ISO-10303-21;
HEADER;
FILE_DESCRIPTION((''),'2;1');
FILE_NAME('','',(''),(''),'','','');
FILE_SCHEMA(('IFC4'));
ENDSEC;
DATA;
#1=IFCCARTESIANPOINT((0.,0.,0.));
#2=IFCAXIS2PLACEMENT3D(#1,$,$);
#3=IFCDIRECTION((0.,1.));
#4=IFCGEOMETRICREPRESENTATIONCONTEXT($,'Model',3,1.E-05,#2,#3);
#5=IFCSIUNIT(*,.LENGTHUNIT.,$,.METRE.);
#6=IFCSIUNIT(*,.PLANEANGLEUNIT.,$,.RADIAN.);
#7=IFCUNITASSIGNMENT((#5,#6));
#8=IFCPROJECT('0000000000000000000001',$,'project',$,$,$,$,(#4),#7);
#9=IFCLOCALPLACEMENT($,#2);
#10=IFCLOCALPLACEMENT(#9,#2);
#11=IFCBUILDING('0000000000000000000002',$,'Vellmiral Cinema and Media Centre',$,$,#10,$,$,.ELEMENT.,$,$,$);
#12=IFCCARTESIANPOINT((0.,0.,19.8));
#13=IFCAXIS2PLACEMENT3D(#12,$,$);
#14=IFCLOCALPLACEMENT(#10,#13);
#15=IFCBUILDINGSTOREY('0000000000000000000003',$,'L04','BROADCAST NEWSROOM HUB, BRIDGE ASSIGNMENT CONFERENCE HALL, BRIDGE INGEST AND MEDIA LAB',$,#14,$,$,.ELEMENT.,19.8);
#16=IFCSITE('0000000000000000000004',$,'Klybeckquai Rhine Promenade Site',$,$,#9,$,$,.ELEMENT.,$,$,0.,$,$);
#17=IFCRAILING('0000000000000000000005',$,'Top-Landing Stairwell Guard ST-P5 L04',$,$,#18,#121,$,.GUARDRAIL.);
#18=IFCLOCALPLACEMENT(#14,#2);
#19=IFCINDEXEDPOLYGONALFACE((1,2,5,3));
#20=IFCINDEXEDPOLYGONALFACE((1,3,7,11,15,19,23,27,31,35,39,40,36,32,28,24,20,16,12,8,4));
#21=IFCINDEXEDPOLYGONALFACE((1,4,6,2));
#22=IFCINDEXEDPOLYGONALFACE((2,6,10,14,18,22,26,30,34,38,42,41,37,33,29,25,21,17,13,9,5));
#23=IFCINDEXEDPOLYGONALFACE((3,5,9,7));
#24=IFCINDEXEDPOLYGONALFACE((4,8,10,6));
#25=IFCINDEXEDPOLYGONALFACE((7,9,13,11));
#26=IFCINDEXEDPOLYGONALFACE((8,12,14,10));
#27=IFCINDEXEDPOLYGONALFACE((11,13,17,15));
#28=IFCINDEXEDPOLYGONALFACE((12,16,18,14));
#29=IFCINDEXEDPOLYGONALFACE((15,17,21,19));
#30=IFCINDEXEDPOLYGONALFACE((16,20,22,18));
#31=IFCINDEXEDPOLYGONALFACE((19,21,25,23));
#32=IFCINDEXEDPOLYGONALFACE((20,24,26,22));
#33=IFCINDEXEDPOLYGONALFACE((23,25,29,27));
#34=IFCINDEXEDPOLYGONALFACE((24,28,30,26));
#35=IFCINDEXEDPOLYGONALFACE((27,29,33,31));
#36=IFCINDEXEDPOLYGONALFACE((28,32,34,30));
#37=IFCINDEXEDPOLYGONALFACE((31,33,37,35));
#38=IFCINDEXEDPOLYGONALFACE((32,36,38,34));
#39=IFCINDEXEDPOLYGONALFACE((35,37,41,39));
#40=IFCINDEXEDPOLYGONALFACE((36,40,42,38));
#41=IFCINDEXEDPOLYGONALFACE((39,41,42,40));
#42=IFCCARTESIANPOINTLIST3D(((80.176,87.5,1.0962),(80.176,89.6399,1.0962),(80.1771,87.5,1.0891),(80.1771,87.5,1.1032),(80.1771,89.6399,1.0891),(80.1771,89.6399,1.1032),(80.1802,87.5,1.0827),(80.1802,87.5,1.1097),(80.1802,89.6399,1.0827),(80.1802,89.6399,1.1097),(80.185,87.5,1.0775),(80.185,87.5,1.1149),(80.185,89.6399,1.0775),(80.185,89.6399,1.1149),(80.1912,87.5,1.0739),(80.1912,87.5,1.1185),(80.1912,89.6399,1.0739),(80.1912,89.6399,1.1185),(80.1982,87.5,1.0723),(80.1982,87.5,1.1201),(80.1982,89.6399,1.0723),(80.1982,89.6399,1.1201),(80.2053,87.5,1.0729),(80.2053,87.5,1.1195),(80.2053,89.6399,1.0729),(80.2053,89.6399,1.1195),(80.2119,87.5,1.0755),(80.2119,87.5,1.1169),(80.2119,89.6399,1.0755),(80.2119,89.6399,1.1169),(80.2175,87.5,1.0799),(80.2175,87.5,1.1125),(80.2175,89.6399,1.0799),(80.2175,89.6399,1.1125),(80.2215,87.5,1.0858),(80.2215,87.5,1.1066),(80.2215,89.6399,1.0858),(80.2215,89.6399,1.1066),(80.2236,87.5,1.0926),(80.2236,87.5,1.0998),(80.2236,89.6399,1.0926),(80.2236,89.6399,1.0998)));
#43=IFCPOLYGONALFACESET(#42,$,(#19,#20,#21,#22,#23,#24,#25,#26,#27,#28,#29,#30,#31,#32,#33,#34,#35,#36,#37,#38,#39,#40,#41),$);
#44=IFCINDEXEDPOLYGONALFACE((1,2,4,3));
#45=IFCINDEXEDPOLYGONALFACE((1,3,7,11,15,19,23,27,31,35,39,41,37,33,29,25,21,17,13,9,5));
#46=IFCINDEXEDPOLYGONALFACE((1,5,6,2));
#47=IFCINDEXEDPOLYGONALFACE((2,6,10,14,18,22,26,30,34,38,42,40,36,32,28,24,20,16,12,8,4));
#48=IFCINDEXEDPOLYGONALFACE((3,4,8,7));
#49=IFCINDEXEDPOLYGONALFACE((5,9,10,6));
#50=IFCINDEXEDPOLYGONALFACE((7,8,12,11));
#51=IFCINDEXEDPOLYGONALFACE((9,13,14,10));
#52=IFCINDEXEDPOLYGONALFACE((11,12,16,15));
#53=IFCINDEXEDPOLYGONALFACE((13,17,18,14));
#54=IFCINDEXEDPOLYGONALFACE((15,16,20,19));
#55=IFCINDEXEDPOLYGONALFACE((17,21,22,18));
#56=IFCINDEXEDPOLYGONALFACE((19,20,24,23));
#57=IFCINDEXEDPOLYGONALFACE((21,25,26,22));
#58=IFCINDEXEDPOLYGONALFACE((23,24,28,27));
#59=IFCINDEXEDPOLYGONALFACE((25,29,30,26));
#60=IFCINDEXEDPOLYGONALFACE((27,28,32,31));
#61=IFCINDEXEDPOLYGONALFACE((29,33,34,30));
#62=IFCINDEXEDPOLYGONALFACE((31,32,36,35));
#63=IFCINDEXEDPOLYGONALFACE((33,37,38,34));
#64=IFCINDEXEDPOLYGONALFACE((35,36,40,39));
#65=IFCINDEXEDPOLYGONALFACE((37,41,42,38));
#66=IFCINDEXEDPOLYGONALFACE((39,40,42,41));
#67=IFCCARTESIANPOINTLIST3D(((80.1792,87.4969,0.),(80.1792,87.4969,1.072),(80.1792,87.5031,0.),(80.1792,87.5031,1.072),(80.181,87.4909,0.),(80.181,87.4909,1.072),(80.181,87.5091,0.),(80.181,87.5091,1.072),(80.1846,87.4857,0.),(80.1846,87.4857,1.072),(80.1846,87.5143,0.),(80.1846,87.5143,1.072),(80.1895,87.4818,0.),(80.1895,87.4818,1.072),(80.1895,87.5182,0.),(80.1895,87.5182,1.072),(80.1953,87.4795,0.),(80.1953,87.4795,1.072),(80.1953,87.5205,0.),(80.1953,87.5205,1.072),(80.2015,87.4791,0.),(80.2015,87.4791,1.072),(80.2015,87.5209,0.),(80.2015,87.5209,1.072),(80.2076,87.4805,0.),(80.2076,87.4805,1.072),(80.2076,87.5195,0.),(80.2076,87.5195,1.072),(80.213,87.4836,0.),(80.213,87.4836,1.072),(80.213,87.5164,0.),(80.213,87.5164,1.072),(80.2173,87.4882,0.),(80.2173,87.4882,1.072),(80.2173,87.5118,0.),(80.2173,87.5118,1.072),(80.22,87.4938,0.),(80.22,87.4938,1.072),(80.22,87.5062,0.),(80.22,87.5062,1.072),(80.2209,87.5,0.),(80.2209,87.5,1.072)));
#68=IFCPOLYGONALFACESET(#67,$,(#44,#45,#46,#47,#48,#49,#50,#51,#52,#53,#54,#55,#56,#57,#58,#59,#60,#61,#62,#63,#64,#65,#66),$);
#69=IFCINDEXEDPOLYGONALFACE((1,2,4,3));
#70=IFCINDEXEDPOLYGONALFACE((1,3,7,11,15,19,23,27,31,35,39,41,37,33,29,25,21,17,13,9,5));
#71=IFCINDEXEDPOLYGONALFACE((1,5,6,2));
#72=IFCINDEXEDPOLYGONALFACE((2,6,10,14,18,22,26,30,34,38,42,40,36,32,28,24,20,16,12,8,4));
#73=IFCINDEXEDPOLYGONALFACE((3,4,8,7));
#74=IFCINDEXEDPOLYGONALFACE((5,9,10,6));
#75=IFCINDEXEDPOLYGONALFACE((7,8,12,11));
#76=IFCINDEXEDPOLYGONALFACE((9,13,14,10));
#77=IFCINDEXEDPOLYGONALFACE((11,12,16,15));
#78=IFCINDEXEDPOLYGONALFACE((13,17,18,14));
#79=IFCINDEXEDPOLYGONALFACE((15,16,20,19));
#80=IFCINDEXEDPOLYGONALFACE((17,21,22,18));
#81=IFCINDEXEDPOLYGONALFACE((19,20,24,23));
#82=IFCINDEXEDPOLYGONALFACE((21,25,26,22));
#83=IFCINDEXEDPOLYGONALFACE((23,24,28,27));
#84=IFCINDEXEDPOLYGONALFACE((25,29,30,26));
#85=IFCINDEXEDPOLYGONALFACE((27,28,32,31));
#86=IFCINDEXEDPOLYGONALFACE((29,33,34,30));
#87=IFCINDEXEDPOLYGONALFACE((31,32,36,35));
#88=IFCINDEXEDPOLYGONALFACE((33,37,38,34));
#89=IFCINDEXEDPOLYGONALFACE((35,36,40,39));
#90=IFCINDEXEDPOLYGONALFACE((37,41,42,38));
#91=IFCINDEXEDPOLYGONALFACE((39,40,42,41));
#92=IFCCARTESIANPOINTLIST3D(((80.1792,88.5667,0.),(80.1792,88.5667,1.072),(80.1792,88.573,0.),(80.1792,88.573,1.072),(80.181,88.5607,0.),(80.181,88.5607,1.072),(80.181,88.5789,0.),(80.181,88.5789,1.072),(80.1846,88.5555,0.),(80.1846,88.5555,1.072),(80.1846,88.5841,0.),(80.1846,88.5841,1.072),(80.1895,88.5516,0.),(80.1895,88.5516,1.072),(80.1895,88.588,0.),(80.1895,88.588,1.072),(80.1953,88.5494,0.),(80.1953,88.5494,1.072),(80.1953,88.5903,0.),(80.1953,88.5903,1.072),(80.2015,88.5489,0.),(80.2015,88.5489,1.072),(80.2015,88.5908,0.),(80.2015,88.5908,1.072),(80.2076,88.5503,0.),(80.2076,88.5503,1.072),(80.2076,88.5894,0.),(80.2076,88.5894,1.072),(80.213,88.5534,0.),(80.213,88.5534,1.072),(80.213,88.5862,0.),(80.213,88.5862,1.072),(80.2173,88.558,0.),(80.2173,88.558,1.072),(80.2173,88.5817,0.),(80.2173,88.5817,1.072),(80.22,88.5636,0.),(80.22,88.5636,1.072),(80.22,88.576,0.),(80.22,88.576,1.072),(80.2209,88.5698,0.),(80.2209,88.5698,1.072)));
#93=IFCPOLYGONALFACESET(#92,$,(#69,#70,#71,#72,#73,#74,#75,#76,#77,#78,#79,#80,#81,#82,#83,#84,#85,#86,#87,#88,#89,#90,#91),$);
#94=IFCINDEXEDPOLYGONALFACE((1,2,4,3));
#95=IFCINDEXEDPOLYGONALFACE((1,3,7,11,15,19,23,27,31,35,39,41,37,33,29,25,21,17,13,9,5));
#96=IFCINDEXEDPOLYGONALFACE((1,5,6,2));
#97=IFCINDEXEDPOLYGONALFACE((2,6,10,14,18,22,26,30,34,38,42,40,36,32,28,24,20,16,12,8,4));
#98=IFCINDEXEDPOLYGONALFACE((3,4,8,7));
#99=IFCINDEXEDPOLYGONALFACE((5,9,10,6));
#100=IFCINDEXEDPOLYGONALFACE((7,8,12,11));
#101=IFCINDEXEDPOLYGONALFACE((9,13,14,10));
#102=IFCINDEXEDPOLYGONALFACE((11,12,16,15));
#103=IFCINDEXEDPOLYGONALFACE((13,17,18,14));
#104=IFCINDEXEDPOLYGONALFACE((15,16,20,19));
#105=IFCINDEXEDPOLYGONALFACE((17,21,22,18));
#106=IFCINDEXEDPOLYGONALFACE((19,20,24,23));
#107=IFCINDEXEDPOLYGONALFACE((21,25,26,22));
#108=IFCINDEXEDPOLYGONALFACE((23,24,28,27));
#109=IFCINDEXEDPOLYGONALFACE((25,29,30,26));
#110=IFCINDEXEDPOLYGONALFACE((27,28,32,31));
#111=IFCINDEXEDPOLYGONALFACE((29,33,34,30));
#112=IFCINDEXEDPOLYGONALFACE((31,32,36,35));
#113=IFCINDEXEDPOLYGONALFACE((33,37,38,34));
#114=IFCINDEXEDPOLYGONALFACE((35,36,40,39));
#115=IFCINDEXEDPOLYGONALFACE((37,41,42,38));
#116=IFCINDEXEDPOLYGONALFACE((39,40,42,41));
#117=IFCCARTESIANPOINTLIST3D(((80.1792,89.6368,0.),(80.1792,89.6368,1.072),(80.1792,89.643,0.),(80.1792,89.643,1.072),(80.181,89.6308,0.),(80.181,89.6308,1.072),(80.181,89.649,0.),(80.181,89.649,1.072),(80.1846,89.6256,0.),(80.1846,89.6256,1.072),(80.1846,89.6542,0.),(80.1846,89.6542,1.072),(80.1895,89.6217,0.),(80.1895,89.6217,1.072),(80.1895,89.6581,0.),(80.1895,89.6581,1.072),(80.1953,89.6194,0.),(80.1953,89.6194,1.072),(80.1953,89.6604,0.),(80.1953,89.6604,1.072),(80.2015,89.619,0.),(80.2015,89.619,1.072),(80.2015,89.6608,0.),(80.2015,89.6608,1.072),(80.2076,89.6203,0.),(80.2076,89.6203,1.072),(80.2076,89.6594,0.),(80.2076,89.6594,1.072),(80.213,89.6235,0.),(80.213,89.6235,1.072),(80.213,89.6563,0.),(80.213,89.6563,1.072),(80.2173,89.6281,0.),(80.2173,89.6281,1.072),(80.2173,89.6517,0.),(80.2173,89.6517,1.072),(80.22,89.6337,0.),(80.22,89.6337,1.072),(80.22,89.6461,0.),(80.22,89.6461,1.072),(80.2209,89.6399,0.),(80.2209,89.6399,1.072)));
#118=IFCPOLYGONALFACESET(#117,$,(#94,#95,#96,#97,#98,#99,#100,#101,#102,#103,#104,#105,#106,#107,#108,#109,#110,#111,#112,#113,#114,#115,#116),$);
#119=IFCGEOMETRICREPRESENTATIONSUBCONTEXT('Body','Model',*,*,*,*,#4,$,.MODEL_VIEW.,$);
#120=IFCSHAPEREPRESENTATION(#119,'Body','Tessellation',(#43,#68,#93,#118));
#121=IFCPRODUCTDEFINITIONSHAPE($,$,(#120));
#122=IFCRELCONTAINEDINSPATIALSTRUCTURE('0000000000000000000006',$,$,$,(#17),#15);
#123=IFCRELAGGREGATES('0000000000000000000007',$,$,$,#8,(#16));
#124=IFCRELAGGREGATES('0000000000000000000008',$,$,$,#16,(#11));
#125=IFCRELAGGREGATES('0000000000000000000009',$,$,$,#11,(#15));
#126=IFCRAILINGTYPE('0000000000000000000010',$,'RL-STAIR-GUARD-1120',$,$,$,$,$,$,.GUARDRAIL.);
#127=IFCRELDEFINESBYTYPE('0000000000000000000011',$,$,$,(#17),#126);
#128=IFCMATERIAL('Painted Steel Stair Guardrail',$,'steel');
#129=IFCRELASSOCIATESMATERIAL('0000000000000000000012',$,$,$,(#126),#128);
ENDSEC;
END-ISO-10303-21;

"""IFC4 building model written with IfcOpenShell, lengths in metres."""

from ifc_helpers import new_model, si_unit, direction, frame, origin, origin_2d, place, context, subcontext, project, spatial, circle, extrude, material, type_object, element, save


model = new_model("IFC4")

# Units and contexts
model_context = context("Model", 3, precision=1e-05, world=origin(), true_north=direction((0.0, 1.0)))
body_context = subcontext(model_context, "Body", "Model", "MODEL_VIEW")
ifc_project = project(units=[si_unit("LENGTHUNIT", "METRE"), si_unit("PLANEANGLEUNIT", "RADIAN")], contexts=[model_context])

# Site, building, storey
site_placement = place(None, origin())
site = spatial("IfcSite", under=ifc_project, at=site_placement, Name="Klybeckquai Rhine Promenade Site", CompositionType="ELEMENT", RefElevation=0.0)
building_placement = place(site_placement, origin())
building = spatial("IfcBuilding", under=site, at=building_placement, Name="Vellmiral Cinema and Media Centre", CompositionType="ELEMENT")
storey_placement = place(building_placement, frame((0.0, 0.0, 19.8)))
storey = spatial("IfcBuildingStorey", under=building, at=storey_placement, Name="L04", Description="BROADCAST NEWSROOM HUB, BRIDGE ASSIGNMENT CONFERENCE HALL, BRIDGE INGEST AND MEDIA LAB", CompositionType="ELEMENT", Elevation=19.8)

# Railing
ifc_material_1 = material(Name="Painted Steel Stair Guardrail", Category="steel")
railing_type = type_object("IfcRailingType", Name="RL-STAIR-GUARD-1120", PredefinedType="GUARDRAIL", material=ifc_material_1)
railing_placement = place(storey_placement, frame((80.2, 87.5, 0.0)))
element("IfcRailing", 1, at=railing_placement, inside=storey, type_object=railing_type, Name="Top-Landing Stairwell Guard ST-P5 L04", PredefinedType="GUARDRAIL", context=body_context, shape_type="SweptSolid", body=[
    extrude(circle(Radius=0.0239, at=origin_2d()), frame((0.0, 0.0, 1.0962), z_axis=(0.0, 1.0, 0.0), x_axis=(-1.0, 0.0, 0.0)), (0.0, 0.0, 1.0), 2.1399),
    extrude(circle(Radius=0.021, at=origin_2d()), origin(), (0.0, 0.0, 1.0), 1.072),
    extrude(circle(Radius=0.021, at=origin_2d()), frame((0.0, 1.0698, 0.0)), (0.0, 0.0, 1.0), 1.072),
    extrude(circle(Radius=0.021, at=origin_2d()), frame((0.0, 2.1399, 0.0)), (0.0, 0.0, 1.0), 1.072),
])

save(model, "model.ifc")
